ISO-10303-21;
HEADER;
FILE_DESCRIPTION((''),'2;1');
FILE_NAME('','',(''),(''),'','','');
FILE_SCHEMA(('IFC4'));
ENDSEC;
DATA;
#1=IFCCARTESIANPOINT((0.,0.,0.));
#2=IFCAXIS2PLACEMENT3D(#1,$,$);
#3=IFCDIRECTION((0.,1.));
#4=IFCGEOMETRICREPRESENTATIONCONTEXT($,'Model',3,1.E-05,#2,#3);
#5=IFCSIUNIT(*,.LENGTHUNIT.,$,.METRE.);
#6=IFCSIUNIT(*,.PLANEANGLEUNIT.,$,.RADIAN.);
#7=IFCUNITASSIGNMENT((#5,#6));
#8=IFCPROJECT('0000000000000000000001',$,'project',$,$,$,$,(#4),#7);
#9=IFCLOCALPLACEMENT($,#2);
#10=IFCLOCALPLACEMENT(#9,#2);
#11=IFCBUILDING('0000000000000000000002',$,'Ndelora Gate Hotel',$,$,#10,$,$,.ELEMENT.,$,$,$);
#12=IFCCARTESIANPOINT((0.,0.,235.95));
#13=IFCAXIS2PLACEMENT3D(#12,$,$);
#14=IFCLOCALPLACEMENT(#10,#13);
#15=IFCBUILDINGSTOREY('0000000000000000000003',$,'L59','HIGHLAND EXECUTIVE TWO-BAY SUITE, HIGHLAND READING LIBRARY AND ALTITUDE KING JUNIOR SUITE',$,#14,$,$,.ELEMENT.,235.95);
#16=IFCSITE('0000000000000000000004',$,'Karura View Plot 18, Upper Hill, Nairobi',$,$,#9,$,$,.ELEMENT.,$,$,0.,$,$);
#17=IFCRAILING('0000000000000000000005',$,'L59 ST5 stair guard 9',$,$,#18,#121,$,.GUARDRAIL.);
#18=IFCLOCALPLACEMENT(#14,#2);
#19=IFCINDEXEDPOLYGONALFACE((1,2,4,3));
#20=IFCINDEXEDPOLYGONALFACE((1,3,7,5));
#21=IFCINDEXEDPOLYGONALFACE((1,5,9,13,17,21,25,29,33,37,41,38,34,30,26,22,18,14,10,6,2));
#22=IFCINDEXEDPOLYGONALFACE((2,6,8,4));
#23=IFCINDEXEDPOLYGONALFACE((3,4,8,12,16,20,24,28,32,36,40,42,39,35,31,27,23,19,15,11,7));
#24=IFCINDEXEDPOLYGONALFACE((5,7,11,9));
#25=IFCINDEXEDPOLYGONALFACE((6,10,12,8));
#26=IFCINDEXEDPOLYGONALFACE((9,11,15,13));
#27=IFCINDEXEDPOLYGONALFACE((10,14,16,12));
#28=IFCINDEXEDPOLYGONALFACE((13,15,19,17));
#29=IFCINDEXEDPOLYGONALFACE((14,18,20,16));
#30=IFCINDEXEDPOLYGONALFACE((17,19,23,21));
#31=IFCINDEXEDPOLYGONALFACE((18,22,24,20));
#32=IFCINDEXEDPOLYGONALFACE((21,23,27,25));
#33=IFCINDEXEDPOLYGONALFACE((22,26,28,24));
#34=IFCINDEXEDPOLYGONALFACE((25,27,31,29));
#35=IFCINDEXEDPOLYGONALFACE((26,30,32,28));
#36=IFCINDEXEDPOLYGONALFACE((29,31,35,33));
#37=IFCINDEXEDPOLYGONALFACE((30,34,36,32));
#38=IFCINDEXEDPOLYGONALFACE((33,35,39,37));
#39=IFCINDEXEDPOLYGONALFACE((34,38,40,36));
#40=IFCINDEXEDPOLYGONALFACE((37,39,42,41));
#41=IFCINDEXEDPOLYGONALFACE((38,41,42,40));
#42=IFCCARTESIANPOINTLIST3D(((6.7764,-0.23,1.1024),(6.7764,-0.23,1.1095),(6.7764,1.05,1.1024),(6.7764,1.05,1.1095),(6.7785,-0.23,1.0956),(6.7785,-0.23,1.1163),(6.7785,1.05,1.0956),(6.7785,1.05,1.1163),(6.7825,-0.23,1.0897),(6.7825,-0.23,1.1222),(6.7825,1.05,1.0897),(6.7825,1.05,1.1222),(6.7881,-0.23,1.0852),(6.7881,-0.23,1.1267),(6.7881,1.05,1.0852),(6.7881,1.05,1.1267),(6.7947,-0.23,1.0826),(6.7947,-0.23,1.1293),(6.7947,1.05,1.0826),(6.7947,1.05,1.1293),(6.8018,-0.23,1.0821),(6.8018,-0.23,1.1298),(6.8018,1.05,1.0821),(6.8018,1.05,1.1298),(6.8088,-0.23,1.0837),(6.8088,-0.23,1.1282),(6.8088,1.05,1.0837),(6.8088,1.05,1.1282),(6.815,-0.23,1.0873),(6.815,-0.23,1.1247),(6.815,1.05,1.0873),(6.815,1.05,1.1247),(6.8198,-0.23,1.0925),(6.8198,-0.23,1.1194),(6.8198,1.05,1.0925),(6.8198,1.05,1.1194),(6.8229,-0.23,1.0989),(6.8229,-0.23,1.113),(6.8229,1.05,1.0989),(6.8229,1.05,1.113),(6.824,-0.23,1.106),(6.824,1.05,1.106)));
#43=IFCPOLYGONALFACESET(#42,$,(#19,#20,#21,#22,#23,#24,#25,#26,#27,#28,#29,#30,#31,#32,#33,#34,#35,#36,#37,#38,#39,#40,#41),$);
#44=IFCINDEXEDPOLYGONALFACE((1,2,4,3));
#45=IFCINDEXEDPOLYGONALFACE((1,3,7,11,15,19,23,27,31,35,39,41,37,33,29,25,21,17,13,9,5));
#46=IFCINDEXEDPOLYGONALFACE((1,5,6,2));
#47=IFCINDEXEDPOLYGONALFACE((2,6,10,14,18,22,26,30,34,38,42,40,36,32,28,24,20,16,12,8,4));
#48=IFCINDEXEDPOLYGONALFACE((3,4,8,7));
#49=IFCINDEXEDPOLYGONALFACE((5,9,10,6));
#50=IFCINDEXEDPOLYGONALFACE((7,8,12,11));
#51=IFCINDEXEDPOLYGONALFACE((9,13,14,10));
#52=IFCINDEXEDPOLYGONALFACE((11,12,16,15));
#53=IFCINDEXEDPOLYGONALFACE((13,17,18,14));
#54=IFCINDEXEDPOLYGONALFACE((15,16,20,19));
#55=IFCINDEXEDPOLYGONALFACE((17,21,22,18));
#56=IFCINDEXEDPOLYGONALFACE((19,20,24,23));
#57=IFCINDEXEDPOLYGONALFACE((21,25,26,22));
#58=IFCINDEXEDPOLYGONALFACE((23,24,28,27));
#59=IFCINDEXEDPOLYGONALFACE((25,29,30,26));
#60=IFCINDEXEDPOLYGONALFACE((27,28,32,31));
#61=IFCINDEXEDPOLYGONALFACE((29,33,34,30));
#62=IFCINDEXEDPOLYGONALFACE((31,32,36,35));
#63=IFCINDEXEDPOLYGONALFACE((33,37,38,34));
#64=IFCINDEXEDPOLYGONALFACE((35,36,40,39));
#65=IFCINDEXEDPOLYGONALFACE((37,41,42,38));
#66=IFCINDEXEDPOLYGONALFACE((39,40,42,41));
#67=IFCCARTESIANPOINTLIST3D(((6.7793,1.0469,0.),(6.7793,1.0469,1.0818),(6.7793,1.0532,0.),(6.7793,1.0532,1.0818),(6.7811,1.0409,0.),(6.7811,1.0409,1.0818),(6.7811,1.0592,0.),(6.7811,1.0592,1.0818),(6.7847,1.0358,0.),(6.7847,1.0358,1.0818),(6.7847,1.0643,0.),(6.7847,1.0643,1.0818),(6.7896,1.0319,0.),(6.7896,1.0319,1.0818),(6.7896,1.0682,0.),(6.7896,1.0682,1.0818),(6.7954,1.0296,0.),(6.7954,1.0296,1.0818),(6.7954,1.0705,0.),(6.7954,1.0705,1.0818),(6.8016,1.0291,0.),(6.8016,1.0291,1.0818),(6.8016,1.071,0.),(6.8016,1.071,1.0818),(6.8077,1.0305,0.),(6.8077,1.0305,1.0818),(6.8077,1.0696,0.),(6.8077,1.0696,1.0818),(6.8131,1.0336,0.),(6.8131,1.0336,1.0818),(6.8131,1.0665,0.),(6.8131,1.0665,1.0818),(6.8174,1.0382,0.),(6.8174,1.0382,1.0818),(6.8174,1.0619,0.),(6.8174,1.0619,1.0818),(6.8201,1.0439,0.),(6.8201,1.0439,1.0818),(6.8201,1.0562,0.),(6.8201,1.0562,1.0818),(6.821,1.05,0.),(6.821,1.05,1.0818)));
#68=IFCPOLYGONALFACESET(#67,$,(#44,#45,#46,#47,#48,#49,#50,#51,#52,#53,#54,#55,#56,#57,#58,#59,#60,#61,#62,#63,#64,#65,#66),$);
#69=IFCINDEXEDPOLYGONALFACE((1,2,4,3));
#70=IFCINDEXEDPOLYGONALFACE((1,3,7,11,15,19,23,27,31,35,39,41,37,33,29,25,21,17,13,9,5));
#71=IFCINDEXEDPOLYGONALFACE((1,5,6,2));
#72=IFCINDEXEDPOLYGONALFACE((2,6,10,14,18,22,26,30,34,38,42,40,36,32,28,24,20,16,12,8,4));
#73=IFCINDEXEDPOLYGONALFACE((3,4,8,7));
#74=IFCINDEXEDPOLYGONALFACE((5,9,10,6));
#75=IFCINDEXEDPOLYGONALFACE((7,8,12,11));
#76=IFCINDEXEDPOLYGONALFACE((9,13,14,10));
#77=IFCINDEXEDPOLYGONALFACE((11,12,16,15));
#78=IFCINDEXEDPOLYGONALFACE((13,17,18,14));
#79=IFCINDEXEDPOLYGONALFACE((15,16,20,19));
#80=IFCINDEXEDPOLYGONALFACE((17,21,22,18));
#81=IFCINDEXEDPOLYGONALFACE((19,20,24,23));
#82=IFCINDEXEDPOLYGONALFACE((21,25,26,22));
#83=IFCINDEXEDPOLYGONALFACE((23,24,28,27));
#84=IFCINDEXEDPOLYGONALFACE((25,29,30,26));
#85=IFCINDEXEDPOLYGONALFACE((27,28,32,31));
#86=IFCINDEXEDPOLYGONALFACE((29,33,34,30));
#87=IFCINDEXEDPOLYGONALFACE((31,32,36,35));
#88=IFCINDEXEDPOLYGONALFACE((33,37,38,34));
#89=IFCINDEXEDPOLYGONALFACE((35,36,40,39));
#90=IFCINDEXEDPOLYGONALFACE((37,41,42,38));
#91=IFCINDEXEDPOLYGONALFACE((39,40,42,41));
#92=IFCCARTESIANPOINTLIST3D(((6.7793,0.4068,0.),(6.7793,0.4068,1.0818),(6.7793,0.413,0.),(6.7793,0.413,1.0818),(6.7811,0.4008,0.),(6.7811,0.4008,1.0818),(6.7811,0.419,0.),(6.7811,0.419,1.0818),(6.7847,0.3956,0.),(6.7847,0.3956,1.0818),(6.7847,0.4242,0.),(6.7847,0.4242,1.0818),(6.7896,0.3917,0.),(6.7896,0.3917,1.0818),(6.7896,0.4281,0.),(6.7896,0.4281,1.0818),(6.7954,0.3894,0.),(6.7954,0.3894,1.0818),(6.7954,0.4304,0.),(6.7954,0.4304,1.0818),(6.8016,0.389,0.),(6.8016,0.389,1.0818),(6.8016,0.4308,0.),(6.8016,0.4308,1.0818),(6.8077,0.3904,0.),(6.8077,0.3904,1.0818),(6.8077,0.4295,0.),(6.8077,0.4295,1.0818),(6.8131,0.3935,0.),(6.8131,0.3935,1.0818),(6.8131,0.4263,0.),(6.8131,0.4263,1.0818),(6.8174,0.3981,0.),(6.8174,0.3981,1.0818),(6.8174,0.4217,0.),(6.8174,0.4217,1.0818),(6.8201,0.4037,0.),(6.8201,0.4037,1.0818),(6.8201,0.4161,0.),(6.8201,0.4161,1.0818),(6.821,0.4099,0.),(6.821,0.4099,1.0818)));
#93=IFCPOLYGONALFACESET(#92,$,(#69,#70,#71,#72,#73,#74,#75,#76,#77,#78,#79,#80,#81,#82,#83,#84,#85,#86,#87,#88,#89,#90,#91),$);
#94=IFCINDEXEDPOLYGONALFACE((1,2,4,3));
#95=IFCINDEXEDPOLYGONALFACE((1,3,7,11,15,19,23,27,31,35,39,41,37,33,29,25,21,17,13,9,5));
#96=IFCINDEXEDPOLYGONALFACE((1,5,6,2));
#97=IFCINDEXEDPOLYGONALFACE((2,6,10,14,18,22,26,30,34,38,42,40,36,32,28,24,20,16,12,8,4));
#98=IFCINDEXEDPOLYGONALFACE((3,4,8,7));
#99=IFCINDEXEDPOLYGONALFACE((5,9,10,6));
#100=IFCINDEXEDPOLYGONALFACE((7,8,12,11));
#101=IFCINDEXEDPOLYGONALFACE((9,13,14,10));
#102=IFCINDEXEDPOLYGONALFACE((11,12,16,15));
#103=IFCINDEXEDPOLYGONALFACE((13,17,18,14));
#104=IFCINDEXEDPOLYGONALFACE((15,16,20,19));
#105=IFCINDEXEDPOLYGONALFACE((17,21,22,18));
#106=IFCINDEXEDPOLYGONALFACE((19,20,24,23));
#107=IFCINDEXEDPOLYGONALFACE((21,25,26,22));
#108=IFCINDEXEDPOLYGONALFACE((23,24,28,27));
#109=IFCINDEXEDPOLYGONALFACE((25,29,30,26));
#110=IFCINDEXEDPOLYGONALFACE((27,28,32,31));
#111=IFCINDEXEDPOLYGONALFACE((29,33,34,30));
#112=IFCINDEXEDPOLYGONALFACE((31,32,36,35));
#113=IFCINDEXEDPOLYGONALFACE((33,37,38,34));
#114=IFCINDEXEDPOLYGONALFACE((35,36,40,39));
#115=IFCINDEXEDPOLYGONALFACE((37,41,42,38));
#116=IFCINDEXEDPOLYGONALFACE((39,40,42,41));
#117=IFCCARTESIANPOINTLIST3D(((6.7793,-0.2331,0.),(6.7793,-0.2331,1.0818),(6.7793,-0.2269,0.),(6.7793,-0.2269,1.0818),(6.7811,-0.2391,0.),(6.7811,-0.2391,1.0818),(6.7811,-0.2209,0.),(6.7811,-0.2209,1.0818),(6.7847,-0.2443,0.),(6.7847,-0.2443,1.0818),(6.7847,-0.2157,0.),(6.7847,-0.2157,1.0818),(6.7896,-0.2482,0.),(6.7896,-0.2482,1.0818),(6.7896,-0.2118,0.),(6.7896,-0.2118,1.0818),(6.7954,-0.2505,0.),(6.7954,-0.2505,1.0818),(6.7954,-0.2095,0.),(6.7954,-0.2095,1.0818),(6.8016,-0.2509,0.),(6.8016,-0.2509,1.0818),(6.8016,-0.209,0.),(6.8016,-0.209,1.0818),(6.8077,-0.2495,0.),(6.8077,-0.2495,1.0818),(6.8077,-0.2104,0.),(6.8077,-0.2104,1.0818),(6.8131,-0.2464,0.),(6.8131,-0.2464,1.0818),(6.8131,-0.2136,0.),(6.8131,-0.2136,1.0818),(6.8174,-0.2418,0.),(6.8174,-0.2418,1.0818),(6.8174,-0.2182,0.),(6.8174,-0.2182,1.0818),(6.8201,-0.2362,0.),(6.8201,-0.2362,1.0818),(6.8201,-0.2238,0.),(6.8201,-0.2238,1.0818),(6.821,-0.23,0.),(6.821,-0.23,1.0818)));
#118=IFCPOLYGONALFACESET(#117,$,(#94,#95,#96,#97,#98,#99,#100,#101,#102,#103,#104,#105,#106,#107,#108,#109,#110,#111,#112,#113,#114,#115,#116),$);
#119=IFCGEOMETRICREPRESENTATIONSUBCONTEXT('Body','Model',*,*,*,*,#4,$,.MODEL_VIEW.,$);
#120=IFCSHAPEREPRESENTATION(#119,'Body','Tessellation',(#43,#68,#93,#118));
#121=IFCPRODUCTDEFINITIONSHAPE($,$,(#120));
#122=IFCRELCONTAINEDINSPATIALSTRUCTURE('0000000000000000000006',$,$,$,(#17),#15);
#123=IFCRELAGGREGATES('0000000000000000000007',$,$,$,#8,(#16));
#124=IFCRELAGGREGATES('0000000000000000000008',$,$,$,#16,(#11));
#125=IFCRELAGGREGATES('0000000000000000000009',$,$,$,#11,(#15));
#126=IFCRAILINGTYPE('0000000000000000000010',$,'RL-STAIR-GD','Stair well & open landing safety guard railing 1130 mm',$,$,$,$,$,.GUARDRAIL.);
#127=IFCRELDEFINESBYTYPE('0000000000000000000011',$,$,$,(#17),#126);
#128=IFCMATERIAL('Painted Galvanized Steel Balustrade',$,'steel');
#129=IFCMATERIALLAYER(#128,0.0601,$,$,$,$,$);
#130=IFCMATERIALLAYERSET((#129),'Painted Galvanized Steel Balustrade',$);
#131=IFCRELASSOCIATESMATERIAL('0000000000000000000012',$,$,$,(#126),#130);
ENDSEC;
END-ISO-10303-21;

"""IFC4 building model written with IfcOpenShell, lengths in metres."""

from ifc_helpers import new_model, si_unit, direction, frame, origin, origin_2d, place, context, subcontext, project, spatial, circle, extrude, material, layer, layer_set, type_object, element, save


model = new_model("IFC4")

# Units and contexts
model_context = context("Model", 3, precision=1e-05, world=origin(), true_north=direction((0.0, 1.0)))
body_context = subcontext(model_context, "Body", "Model", "MODEL_VIEW")
ifc_project = project(units=[si_unit("LENGTHUNIT", "METRE"), si_unit("PLANEANGLEUNIT", "RADIAN")], contexts=[model_context])

# Site, building, storey
site_placement = place(None, origin())
site = spatial("IfcSite", under=ifc_project, at=site_placement, Name="Karura View Plot 18, Upper Hill, Nairobi", CompositionType="ELEMENT", RefElevation=0.0)
building_placement = place(site_placement, origin())
building = spatial("IfcBuilding", under=site, at=building_placement, Name="Ndelora Gate Hotel", CompositionType="ELEMENT")
storey_placement = place(building_placement, frame((0.0, 0.0, 235.95)))
storey = spatial("IfcBuildingStorey", under=building, at=storey_placement, Name="L59", Description="HIGHLAND EXECUTIVE TWO-BAY SUITE, HIGHLAND READING LIBRARY AND ALTITUDE KING JUNIOR SUITE", CompositionType="ELEMENT", Elevation=235.95)

# Railing
ifc_material_1 = material(Name="Painted Galvanized Steel Balustrade", Category="steel")
ifc_layer_1 = layer(ifc_material_1, 0.0601)
ifc_layer_set_1 = layer_set([ifc_layer_1], Name="Painted Galvanized Steel Balustrade")
railing_type_1 = type_object("IfcRailingType", Name="RL-STAIR-GD", Description="Stair well & open landing safety guard railing 1130 mm", PredefinedType="GUARDRAIL", material=ifc_layer_set_1)
for number, where, name in (
    (1, (6.8, 1.05, 0.0), "L59 ST5 stair guard 9"),
):
    element("IfcRailing", number, at=place(storey_placement, frame(where)), inside=storey, type_object=railing_type_1, Name=name, PredefinedType="GUARDRAIL", context=body_context, shape_type="SweptSolid", body=[
        extrude(circle(Radius=0.0239, at=origin_2d()), frame((0.0, 0.0, 1.106), z_axis=(0.0, -1.0, 0.0), x_axis=(1.0, 0.0, 0.0)), (0.0, 0.0, 1.0), 1.28),
        extrude(circle(Radius=0.021, at=origin_2d()), origin(), (0.0, 0.0, 1.0), 1.0818),
        extrude(circle(Radius=0.021, at=origin_2d()), frame((0.0, -0.6401, 0.0)), (0.0, 0.0, 1.0), 1.0818),
        extrude(circle(Radius=0.021, at=origin_2d()), frame((0.0, -1.28, 0.0)), (0.0, 0.0, 1.0), 1.0818),
    ])

save(model, "model.ifc")
